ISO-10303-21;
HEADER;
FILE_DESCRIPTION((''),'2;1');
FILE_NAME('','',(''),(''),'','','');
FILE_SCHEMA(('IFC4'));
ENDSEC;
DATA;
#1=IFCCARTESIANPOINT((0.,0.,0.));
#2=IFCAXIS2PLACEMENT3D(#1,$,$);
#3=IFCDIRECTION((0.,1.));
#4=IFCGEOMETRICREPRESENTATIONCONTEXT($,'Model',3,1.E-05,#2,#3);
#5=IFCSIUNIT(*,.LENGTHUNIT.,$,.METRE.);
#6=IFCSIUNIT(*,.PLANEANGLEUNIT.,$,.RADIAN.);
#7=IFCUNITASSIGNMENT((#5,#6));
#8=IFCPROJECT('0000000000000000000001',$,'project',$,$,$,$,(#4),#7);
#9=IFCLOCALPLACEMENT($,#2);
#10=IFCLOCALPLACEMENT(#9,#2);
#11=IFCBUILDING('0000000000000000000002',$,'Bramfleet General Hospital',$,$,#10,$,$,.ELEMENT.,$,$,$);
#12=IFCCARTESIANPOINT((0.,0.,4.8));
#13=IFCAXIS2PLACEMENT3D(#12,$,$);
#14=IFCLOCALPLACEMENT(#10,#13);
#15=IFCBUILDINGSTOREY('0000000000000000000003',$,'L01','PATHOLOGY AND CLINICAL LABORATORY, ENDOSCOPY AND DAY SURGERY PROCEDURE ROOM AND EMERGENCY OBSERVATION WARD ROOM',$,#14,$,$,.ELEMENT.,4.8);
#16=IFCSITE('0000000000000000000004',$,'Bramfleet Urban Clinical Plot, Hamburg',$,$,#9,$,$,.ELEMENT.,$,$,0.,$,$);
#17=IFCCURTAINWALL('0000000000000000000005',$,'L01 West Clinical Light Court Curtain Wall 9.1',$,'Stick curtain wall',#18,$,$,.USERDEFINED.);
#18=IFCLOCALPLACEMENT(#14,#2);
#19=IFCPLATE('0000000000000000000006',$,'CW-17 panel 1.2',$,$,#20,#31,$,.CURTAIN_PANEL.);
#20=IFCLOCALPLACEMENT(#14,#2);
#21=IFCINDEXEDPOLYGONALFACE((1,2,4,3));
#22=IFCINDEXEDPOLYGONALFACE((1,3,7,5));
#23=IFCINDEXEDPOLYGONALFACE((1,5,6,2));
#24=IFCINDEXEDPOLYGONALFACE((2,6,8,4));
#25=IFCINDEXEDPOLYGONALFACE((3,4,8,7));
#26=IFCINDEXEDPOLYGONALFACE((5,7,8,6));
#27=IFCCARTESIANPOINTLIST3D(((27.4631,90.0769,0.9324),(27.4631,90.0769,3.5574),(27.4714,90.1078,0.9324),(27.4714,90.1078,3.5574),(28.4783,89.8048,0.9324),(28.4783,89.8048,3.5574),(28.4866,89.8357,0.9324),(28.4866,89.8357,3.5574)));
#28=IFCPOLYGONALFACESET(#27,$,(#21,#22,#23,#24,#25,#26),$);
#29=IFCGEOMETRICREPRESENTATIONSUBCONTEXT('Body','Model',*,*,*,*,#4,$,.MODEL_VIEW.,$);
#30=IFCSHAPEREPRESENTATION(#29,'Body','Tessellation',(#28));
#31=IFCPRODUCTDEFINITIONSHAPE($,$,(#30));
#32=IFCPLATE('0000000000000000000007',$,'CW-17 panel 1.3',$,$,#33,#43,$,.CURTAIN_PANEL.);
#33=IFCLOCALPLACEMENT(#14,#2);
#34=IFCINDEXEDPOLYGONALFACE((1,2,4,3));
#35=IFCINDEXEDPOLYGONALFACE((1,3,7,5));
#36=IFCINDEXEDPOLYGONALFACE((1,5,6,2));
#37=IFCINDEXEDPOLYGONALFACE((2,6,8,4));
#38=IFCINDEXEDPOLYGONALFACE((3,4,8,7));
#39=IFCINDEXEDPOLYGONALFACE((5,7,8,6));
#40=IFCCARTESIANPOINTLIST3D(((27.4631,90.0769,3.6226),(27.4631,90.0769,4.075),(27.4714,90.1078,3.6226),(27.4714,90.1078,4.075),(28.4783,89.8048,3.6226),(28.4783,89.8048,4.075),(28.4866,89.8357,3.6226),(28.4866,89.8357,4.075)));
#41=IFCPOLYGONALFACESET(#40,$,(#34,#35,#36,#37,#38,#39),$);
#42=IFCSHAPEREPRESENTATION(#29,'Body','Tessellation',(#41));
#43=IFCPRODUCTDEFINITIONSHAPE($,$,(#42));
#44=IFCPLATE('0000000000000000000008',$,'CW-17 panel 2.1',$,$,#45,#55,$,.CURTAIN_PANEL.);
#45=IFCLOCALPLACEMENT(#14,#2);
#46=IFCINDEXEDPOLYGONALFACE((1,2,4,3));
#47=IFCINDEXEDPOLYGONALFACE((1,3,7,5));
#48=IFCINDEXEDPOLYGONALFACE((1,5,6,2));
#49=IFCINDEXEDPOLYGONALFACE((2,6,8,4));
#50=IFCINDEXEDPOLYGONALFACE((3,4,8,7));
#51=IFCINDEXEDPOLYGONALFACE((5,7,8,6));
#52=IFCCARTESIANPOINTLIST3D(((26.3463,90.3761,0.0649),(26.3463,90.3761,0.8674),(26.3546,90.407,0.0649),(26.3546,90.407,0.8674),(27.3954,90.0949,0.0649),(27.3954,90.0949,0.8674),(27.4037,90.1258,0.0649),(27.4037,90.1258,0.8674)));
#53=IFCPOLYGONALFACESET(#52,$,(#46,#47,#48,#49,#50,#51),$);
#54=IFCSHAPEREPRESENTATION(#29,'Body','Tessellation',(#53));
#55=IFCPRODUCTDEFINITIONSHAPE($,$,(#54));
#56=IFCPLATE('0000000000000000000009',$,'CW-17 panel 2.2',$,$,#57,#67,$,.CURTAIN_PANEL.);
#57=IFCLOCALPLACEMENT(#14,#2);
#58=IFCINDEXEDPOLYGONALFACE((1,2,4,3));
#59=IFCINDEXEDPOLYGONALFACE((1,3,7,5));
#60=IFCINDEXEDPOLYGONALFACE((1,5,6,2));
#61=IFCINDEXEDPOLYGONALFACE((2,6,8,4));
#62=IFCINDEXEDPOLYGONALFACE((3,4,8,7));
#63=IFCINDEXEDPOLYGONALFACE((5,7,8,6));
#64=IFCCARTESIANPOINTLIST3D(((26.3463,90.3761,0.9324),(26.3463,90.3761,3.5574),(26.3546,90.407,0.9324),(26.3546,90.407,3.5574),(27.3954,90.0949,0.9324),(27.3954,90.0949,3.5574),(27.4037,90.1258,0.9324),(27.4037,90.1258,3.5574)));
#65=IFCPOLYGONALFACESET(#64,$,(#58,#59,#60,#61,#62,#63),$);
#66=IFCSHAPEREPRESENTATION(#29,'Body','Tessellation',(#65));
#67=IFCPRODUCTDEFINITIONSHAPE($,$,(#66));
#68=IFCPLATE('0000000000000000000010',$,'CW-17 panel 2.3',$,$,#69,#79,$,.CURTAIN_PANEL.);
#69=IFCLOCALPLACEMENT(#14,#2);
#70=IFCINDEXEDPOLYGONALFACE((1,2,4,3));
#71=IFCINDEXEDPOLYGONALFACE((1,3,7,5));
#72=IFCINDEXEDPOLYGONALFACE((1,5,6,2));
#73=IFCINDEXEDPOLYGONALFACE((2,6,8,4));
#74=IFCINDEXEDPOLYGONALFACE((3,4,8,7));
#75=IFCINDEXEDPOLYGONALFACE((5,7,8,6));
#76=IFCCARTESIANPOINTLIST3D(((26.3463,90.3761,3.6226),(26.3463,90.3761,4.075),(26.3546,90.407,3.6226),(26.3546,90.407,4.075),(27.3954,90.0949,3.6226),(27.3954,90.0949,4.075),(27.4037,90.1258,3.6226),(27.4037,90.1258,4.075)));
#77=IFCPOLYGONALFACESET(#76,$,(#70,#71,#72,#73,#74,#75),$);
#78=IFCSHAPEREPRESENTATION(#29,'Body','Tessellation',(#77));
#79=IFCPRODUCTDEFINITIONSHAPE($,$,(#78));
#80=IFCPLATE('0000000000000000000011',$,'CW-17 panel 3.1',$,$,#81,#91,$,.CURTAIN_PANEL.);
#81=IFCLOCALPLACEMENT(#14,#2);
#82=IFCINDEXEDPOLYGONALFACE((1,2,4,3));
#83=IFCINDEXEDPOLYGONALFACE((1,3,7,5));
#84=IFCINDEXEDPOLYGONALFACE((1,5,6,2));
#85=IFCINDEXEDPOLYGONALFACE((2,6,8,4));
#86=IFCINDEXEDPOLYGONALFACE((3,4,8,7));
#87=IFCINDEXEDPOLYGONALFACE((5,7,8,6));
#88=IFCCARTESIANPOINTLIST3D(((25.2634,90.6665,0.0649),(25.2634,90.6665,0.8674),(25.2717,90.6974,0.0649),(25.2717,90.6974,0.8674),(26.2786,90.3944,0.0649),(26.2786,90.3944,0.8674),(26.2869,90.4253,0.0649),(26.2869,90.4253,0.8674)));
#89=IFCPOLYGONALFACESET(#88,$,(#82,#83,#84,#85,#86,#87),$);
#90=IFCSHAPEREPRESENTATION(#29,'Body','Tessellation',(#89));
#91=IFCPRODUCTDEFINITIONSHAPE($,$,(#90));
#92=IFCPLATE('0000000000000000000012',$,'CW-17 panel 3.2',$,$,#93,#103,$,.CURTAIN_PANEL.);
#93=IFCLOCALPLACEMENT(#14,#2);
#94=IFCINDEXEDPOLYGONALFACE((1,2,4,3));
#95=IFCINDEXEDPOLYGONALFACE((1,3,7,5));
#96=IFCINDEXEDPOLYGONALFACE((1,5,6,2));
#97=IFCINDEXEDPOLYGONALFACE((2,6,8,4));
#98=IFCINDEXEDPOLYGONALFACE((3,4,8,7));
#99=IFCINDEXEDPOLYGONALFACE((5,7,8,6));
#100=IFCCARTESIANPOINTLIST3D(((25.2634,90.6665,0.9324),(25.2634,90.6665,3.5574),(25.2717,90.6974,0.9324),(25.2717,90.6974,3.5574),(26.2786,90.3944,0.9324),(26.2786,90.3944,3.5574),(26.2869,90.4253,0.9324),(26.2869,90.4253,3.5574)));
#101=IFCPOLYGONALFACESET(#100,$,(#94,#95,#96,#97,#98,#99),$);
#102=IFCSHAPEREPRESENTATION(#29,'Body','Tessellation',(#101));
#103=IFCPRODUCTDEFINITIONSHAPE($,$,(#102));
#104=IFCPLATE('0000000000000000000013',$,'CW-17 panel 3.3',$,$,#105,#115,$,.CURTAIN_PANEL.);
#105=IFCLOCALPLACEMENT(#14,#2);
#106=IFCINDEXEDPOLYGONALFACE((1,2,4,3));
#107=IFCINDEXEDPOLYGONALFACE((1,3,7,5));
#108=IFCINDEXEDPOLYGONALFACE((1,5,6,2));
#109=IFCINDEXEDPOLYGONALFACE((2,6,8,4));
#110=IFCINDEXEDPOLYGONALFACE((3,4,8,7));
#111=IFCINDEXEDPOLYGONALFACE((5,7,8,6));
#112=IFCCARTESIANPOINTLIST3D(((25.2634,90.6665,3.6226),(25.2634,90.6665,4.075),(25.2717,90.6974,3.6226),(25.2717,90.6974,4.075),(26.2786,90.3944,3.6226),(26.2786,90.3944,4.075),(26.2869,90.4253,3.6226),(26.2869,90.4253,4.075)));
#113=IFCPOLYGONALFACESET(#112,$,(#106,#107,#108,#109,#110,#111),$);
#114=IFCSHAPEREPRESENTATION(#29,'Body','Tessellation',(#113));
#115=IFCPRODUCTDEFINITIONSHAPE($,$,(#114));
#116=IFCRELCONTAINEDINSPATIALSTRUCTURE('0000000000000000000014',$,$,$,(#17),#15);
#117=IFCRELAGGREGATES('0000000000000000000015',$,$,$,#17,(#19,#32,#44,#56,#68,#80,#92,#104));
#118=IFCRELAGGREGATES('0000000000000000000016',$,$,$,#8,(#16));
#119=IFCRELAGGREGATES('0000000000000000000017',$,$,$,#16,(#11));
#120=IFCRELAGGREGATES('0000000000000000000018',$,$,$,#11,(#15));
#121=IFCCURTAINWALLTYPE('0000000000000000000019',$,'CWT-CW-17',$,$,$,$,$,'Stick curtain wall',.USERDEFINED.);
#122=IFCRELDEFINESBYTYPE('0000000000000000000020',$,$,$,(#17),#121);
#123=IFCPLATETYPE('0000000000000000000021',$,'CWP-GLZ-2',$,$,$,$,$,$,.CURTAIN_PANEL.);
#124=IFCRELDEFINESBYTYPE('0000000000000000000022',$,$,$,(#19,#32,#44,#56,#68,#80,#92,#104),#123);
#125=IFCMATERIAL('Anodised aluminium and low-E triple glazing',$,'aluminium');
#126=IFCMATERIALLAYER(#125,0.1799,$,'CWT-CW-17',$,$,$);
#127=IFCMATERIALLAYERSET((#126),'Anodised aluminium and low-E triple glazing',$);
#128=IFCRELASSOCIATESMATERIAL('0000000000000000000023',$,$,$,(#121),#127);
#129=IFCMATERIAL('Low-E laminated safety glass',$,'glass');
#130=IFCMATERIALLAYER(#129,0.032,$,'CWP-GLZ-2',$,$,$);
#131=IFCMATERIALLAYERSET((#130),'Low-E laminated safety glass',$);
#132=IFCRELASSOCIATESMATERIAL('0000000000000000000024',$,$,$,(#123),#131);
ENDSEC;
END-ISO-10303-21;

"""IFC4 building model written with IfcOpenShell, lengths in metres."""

from ifc_helpers import new_model, si_unit, direction, frame, origin, origin_2d, place, context, subcontext, project, spatial, rectangle, extrude, material, layer, layer_set, type_object, element, aggregate, save


model = new_model("IFC4")

# Units and contexts
model_context = context("Model", 3, precision=1e-05, world=origin(), true_north=direction((0.0, 1.0)))
body_context = subcontext(model_context, "Body", "Model", "MODEL_VIEW")
ifc_project = project(units=[si_unit("LENGTHUNIT", "METRE"), si_unit("PLANEANGLEUNIT", "RADIAN")], contexts=[model_context])

# Site, building, storey
site_placement = place(None, origin())
site = spatial("IfcSite", under=ifc_project, at=site_placement, Name="Bramfleet Urban Clinical Plot, Hamburg", CompositionType="ELEMENT", RefElevation=0.0)
building_placement = place(site_placement, origin())
building = spatial("IfcBuilding", under=site, at=building_placement, Name="Bramfleet General Hospital", CompositionType="ELEMENT")
storey_placement = place(building_placement, frame((0.0, 0.0, 4.8)))
storey = spatial("IfcBuildingStorey", under=building, at=storey_placement, Name="L01", Description="PATHOLOGY AND CLINICAL LABORATORY, ENDOSCOPY AND DAY SURGERY PROCEDURE ROOM AND EMERGENCY OBSERVATION WARD ROOM", CompositionType="ELEMENT", Elevation=4.8)

# Curtain wall, plates
ifc_material_1 = material(Name="Anodised aluminium and low-E triple glazing", Category="aluminium")
ifc_layer_1 = layer(ifc_material_1, 0.1799, Name="CWT-CW-17")
ifc_layer_set_1 = layer_set([ifc_layer_1], Name="Anodised aluminium and low-E triple glazing")
curtain_wall_type = type_object("IfcCurtainWallType", Name="CWT-CW-17", ElementType="Stick curtain wall", PredefinedType="USERDEFINED", material=ifc_layer_set_1)
curtain_wall_placement = place(storey_placement, origin())
curtain_wall = element("IfcCurtainWall", 1, at=curtain_wall_placement, inside=storey, type_object=curtain_wall_type, Name="L01 West Clinical Light Court Curtain Wall 9.1", ObjectType="Stick curtain wall", PredefinedType="USERDEFINED")
ifc_material_2 = material(Name="Low-E laminated safety glass", Category="glass")
ifc_layer_2 = layer(ifc_material_2, 0.032, Name="CWP-GLZ-2")
ifc_layer_set_2 = layer_set([ifc_layer_2], Name="Low-E laminated safety glass")
plate_type = type_object("IfcPlateType", Name="CWP-GLZ-2", PredefinedType="CURTAIN_PANEL", material=ifc_layer_set_2)
plate_1_placement = place(storey_placement, frame((27.9749, 89.9563, 0.9324), z_axis=(0.0, 0.0, 1.0), x_axis=(-0.965899, 0.258919, 0.0)))
plate_1 = element("IfcPlate", 2, at=plate_1_placement, type_object=plate_type, Name="CW-17 panel 1.2", PredefinedType="CURTAIN_PANEL", context=body_context, shape_type="SweptSolid", body=[
    extrude(rectangle(XDim=1.051, YDim=0.032, at=origin_2d()), origin(), (0.0, 0.0, 1.0), 2.625),
])
plate_2_placement = place(storey_placement, frame((27.9749, 89.9563, 3.6226), z_axis=(0.0, 0.0, 1.0), x_axis=(-0.965899, 0.258919, 0.0)))
plate_2 = element("IfcPlate", 3, at=plate_2_placement, type_object=plate_type, Name="CW-17 panel 1.3", PredefinedType="CURTAIN_PANEL", context=body_context, shape_type="SweptSolid", body=[
    extrude(rectangle(XDim=1.051, YDim=0.032, at=origin_2d()), origin(), (0.0, 0.0, 1.0), 0.4524),
])
plate_3_placement = place(storey_placement, frame((26.875, 90.251, 0.0649), z_axis=(0.0, 0.0, 1.0), x_axis=(-0.965899, 0.258919, 0.0)))
plate_3 = element("IfcPlate", 4, at=plate_3_placement, type_object=plate_type, Name="CW-17 panel 2.1", PredefinedType="CURTAIN_PANEL", context=body_context, shape_type="SweptSolid", body=[
    extrude(rectangle(XDim=1.0862, YDim=0.032, at=origin_2d()), origin(), (0.0, 0.0, 1.0), 0.8025),
])
plate_4_placement = place(storey_placement, frame((26.875, 90.251, 0.9324), z_axis=(0.0, 0.0, 1.0), x_axis=(-0.965899, 0.258919, 0.0)))
plate_4 = element("IfcPlate", 5, at=plate_4_placement, type_object=plate_type, Name="CW-17 panel 2.2", PredefinedType="CURTAIN_PANEL", context=body_context, shape_type="SweptSolid", body=[
    extrude(rectangle(XDim=1.0862, YDim=0.032, at=origin_2d()), origin(), (0.0, 0.0, 1.0), 2.625),
])
plate_5_placement = place(storey_placement, frame((26.875, 90.251, 3.6226), z_axis=(0.0, 0.0, 1.0), x_axis=(-0.965899, 0.258919, 0.0)))
plate_5 = element("IfcPlate", 6, at=plate_5_placement, type_object=plate_type, Name="CW-17 panel 2.3", PredefinedType="CURTAIN_PANEL", context=body_context, shape_type="SweptSolid", body=[
    extrude(rectangle(XDim=1.0862, YDim=0.032, at=origin_2d()), origin(), (0.0, 0.0, 1.0), 0.4524),
])
plate_6_placement = place(storey_placement, frame((25.7751, 90.5459, 0.0649), z_axis=(0.0, 0.0, 1.0), x_axis=(-0.965899, 0.258919, 0.0)))
plate_6 = element("IfcPlate", 7, at=plate_6_placement, type_object=plate_type, Name="CW-17 panel 3.1", PredefinedType="CURTAIN_PANEL", context=body_context, shape_type="SweptSolid", body=[
    extrude(rectangle(XDim=1.051, YDim=0.032, at=origin_2d()), origin(), (0.0, 0.0, 1.0), 0.8025),
])
plate_7_placement = place(storey_placement, frame((25.7751, 90.5459, 0.9324), z_axis=(0.0, 0.0, 1.0), x_axis=(-0.965899, 0.258919, 0.0)))
plate_7 = element("IfcPlate", 8, at=plate_7_placement, type_object=plate_type, Name="CW-17 panel 3.2", PredefinedType="CURTAIN_PANEL", context=body_context, shape_type="SweptSolid", body=[
    extrude(rectangle(XDim=1.051, YDim=0.032, at=origin_2d()), origin(), (0.0, 0.0, 1.0), 2.625),
])
plate_8_placement = place(storey_placement, frame((25.7751, 90.5459, 3.6226), z_axis=(0.0, 0.0, 1.0), x_axis=(-0.965899, 0.258919, 0.0)))
plate_8 = element("IfcPlate", 9, at=plate_8_placement, type_object=plate_type, Name="CW-17 panel 3.3", PredefinedType="CURTAIN_PANEL", context=body_context, shape_type="SweptSolid", body=[
    extrude(rectangle(XDim=1.051, YDim=0.032, at=origin_2d()), origin(), (0.0, 0.0, 1.0), 0.4524),
])
aggregate(curtain_wall, [plate_1, plate_2, plate_3, plate_4, plate_5, plate_6, plate_7, plate_8])

save(model, "model.ifc")
